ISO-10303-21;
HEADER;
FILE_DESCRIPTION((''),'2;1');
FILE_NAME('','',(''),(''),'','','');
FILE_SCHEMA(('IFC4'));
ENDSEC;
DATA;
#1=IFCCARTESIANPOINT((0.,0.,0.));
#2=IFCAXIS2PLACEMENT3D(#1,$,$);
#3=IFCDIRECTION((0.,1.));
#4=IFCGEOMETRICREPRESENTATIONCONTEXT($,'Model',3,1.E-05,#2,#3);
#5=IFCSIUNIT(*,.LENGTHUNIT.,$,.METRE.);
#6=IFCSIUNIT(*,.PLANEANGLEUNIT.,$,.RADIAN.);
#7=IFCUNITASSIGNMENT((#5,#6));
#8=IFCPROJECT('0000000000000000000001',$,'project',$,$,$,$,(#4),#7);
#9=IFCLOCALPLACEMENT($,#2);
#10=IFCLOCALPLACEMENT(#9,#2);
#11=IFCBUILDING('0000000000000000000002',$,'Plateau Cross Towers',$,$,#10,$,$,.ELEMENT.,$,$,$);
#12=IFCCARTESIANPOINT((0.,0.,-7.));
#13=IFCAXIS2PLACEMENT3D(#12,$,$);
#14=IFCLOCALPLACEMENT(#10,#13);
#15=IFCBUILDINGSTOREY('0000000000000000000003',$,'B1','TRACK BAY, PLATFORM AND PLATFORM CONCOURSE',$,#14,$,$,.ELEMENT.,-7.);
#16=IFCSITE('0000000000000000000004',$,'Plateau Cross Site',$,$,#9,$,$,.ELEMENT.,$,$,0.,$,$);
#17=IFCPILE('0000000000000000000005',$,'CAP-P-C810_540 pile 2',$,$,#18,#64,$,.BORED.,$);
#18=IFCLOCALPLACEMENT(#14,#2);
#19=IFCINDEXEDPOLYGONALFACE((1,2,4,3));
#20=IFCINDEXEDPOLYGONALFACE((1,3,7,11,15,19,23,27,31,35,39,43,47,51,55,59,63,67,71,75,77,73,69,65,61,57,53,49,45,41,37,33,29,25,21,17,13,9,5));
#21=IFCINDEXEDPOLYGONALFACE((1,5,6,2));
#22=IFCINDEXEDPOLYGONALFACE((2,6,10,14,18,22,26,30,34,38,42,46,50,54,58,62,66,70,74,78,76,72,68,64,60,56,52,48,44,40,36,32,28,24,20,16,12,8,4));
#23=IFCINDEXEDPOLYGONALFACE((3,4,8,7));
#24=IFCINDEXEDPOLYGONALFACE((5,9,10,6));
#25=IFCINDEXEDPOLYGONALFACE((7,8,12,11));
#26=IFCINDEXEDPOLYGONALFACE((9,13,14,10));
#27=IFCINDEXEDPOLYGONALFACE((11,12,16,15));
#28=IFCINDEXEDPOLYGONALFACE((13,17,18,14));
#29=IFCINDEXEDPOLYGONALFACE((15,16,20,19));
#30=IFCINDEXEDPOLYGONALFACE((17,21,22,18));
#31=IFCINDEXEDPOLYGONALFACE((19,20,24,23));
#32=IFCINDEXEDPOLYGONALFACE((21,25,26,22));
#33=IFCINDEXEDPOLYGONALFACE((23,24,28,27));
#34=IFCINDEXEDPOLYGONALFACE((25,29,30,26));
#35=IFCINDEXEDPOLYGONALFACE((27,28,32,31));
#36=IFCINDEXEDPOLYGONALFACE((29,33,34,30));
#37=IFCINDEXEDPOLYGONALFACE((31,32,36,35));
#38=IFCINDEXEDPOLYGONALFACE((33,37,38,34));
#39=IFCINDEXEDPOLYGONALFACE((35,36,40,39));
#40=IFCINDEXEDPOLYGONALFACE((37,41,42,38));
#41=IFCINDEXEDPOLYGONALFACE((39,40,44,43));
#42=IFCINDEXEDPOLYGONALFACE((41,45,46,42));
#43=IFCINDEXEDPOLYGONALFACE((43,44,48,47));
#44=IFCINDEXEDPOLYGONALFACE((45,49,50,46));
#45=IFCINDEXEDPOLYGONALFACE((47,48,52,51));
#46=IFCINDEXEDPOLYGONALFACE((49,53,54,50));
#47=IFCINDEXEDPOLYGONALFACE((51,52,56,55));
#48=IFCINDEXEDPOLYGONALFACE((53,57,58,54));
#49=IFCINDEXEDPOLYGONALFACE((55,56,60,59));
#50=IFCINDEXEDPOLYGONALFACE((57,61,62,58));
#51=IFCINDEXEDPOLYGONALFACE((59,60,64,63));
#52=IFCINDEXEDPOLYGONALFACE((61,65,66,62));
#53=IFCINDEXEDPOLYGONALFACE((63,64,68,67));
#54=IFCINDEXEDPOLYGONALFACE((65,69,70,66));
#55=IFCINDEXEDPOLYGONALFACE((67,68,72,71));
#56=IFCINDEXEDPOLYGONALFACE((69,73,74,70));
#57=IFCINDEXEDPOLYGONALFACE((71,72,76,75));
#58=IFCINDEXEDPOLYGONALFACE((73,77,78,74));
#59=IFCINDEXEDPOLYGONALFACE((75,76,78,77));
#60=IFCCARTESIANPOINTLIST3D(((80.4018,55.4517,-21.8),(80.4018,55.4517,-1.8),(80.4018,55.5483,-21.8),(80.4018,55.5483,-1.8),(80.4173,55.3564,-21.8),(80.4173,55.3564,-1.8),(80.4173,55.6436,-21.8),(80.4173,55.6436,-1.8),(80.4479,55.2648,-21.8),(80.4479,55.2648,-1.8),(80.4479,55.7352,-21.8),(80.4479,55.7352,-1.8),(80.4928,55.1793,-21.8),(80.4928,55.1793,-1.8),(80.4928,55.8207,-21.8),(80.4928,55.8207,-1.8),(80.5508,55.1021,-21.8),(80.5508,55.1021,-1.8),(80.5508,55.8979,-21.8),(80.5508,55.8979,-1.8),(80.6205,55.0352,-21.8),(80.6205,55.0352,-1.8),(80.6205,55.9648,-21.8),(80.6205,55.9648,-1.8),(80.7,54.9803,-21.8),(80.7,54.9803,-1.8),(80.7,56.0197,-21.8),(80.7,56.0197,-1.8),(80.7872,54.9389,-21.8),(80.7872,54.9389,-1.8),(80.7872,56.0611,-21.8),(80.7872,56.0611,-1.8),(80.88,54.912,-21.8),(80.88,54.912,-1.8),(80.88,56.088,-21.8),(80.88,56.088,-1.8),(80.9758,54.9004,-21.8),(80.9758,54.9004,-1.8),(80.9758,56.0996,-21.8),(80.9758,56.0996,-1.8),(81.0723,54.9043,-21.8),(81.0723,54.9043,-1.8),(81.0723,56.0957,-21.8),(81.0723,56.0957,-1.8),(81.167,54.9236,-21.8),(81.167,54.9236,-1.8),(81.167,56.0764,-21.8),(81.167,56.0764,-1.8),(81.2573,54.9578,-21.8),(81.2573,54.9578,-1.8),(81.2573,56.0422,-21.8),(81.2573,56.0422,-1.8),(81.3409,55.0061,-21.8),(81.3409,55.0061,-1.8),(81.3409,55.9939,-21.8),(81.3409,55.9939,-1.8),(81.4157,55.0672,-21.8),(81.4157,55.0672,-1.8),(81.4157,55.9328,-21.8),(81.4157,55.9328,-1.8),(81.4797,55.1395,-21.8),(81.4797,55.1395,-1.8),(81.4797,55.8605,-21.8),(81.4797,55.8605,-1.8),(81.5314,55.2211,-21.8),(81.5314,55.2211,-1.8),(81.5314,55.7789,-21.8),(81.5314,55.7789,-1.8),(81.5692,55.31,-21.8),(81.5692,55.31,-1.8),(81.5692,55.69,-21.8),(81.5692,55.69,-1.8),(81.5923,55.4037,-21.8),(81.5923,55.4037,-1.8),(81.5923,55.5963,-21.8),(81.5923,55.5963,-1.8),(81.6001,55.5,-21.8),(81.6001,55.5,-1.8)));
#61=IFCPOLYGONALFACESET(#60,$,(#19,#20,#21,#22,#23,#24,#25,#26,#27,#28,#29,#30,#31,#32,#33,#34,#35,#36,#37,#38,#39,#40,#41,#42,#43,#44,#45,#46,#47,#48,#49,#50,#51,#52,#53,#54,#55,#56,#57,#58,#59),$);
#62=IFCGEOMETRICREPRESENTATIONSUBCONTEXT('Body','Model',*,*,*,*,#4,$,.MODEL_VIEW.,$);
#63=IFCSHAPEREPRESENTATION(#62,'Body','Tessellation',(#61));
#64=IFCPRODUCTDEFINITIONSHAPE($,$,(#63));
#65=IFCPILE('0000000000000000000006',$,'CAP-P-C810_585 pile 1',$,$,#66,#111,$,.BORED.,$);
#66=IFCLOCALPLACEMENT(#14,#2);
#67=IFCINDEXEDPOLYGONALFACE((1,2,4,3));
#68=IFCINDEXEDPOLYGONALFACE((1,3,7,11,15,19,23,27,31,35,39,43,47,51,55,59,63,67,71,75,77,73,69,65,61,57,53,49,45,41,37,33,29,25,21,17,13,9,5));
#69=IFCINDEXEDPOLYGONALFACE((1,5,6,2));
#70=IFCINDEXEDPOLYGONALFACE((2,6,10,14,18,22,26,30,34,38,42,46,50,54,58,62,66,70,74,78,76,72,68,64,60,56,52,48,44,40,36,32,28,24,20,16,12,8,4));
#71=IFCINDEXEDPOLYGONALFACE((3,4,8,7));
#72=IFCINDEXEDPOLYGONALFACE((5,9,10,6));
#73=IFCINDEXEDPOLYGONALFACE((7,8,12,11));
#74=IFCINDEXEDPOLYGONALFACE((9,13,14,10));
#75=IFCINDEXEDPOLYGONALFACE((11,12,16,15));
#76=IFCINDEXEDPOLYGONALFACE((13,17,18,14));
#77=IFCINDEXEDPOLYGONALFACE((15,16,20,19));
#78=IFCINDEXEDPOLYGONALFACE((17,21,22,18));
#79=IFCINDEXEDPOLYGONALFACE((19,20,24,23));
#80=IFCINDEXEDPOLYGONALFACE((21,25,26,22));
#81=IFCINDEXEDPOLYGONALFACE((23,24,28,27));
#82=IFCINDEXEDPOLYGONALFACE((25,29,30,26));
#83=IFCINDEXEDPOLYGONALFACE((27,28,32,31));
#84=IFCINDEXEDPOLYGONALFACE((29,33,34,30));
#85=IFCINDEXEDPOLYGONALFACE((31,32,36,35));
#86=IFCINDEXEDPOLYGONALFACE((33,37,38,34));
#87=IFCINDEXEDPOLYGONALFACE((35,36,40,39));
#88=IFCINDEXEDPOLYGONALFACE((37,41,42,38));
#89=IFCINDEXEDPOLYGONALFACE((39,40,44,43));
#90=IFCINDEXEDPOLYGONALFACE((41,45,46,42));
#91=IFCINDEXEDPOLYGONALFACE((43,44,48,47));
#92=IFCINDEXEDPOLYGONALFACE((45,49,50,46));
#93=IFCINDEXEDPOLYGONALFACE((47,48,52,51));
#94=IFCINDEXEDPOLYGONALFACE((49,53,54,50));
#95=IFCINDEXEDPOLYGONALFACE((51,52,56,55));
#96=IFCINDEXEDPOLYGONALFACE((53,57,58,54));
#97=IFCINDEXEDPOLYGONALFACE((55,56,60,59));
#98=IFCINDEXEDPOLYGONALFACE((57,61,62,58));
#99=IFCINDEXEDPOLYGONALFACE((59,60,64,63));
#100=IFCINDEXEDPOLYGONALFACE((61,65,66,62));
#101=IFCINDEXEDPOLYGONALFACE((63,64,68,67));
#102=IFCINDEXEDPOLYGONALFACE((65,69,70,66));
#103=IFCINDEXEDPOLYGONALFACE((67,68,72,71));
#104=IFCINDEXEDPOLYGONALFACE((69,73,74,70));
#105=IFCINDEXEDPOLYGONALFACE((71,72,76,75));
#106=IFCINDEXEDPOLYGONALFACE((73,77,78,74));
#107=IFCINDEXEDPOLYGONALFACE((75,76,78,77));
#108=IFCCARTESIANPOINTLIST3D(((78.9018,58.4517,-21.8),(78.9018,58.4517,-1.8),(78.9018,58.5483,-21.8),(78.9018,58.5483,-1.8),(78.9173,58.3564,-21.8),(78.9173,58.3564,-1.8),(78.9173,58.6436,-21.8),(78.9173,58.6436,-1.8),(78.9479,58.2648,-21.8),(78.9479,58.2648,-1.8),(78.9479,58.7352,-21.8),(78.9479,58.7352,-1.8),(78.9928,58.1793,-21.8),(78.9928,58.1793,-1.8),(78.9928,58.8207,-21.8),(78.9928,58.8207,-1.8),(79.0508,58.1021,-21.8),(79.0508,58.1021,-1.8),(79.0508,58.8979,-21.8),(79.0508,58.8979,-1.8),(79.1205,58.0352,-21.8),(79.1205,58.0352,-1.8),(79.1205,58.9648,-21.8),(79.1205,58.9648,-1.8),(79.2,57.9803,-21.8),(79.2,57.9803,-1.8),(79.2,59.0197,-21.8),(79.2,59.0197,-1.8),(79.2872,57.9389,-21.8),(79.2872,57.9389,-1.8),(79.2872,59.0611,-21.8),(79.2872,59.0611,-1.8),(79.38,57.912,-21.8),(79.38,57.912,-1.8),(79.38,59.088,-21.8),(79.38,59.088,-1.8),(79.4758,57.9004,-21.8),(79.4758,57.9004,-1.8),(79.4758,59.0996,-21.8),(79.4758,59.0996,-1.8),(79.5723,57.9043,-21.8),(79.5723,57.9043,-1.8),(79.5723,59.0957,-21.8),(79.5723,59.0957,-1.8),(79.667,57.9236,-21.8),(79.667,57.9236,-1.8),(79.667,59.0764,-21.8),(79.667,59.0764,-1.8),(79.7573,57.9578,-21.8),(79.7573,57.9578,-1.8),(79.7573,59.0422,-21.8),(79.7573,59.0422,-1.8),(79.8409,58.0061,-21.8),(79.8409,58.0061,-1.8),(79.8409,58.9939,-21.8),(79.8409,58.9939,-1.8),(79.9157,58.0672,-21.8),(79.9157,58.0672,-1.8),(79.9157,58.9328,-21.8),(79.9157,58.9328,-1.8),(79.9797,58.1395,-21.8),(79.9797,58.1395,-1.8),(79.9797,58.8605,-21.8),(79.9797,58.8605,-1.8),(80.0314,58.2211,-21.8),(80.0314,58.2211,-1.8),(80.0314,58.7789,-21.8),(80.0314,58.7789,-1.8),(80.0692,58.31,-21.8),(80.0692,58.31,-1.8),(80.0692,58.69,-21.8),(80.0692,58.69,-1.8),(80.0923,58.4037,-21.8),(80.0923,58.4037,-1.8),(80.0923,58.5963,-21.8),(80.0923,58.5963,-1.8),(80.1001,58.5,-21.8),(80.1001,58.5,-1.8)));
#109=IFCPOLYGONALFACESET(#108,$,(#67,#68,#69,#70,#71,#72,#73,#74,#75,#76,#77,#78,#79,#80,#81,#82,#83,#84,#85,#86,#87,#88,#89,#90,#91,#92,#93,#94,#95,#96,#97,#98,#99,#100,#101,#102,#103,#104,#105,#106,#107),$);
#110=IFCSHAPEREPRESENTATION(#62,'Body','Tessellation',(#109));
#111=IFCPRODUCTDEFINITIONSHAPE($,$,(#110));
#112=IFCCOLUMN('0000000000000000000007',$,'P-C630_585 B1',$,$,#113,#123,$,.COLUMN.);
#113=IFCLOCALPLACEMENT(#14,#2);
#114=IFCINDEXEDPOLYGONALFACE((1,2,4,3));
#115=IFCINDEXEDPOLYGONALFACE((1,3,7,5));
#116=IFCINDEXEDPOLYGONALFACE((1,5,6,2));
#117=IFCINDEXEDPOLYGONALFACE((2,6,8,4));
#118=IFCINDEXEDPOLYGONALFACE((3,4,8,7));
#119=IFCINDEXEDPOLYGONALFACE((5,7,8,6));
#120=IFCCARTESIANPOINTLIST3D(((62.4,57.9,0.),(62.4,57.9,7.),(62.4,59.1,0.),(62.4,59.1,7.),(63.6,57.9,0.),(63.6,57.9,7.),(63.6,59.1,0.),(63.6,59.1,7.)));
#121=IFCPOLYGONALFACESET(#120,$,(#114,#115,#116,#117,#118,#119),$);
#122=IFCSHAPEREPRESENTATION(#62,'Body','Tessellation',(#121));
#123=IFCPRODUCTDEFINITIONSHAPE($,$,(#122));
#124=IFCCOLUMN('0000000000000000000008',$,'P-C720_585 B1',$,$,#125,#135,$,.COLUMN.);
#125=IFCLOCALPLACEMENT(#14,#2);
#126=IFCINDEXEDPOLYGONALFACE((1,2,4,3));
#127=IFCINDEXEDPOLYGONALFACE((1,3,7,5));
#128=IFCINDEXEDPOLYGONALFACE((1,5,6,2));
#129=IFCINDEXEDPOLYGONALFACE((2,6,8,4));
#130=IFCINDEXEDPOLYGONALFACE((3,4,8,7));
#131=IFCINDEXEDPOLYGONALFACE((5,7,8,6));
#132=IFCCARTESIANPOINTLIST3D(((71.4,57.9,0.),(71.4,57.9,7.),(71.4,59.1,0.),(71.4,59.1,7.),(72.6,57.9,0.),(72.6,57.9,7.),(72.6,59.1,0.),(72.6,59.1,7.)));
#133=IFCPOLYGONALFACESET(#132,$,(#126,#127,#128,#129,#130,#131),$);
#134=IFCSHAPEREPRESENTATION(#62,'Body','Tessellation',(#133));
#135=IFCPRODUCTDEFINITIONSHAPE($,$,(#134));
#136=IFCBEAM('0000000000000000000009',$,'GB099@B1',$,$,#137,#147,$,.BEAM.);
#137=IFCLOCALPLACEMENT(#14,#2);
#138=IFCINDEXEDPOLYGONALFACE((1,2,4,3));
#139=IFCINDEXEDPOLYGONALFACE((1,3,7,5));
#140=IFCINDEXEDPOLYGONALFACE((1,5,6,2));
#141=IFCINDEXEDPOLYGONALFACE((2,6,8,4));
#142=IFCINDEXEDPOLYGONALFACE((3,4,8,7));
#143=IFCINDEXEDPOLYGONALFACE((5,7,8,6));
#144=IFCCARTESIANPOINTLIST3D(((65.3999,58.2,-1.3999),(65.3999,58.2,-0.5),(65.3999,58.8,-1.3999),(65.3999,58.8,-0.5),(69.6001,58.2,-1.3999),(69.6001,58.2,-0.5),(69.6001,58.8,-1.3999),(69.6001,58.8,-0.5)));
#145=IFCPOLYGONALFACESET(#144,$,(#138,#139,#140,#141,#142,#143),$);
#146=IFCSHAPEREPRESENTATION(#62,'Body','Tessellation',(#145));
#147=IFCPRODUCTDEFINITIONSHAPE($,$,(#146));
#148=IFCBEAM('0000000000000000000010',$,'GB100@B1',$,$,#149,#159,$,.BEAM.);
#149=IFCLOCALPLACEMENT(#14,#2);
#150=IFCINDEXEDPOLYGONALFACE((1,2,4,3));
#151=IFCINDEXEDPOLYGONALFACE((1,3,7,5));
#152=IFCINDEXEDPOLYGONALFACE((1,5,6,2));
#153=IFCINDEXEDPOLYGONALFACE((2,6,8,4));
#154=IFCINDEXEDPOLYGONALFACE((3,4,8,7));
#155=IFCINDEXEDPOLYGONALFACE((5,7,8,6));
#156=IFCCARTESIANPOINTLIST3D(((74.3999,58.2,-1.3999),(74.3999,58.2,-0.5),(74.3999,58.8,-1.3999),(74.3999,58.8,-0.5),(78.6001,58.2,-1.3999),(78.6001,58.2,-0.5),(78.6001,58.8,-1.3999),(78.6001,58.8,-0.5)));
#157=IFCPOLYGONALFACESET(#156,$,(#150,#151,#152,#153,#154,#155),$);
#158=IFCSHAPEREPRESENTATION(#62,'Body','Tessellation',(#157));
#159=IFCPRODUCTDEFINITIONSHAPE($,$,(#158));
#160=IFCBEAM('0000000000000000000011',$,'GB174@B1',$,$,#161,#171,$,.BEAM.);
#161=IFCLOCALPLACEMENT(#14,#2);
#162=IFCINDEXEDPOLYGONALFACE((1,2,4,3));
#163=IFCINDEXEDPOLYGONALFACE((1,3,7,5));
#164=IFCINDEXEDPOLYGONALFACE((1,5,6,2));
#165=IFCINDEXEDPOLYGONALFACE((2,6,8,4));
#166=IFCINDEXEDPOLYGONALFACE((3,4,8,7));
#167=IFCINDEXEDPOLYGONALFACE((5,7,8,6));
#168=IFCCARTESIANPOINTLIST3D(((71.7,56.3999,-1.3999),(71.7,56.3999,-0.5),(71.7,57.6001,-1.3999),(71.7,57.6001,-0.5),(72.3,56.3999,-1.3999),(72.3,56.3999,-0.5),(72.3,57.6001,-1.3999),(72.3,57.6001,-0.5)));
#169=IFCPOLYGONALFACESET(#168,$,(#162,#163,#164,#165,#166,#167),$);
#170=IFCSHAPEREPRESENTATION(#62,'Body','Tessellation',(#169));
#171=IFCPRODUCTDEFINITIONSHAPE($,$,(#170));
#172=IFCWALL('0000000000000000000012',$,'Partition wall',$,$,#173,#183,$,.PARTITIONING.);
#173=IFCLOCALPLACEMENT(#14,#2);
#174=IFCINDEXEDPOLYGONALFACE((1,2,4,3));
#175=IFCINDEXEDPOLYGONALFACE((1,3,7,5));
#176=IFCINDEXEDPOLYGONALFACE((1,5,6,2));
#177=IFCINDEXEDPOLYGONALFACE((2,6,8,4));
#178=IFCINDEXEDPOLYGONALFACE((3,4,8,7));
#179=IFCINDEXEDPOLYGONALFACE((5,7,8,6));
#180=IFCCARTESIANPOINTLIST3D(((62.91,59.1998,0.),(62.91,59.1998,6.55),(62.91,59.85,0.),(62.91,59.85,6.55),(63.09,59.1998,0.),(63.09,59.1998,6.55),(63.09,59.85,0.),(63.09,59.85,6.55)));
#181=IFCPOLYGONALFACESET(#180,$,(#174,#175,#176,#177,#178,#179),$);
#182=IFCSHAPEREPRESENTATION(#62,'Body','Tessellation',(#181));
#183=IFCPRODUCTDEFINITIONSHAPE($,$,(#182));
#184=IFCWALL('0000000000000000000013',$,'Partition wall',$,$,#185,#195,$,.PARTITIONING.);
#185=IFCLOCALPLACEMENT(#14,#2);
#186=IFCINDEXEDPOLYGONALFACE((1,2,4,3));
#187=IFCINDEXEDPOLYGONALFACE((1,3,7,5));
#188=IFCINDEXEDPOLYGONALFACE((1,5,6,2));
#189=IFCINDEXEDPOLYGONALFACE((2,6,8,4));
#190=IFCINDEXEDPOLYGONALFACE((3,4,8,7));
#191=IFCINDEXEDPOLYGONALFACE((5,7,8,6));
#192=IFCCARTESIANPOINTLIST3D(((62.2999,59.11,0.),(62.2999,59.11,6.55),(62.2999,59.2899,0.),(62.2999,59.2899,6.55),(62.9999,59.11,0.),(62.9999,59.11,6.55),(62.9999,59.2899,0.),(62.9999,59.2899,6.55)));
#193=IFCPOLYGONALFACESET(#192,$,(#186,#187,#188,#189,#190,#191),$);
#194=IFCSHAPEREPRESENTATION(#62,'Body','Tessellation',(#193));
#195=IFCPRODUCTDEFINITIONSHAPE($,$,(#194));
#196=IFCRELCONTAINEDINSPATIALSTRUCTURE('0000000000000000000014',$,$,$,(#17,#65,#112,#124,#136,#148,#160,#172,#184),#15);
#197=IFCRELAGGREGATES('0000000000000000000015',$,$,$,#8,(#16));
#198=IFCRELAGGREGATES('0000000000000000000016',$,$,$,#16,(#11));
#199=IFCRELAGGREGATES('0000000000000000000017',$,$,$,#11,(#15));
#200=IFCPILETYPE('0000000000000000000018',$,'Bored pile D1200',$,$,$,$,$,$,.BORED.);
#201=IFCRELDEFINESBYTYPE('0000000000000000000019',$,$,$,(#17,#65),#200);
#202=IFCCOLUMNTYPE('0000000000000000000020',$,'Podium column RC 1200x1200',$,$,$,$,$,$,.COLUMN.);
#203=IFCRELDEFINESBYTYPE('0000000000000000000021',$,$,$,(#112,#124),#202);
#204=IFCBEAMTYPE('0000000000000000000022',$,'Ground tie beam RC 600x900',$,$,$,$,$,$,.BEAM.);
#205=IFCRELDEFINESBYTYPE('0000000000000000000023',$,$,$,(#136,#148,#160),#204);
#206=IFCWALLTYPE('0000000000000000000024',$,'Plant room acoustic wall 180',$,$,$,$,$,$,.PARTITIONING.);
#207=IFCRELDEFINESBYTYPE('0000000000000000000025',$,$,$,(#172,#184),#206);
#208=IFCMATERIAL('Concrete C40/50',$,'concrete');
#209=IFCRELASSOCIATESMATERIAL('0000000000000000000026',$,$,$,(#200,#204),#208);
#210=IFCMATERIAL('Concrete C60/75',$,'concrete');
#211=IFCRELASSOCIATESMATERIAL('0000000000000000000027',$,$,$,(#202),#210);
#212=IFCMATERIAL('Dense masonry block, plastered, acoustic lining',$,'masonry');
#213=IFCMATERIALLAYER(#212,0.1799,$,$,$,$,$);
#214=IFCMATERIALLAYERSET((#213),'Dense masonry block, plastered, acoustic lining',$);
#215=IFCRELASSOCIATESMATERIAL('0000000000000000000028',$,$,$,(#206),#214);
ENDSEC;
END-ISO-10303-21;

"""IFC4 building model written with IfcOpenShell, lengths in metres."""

from ifc_helpers import new_model, si_unit, direction, frame, frame_2d, origin, origin_2d, place, context, subcontext, project, spatial, rectangle, circle, extrude, material, layer, layer_set, material_profile, profile_set, type_object, element, save


model = new_model("IFC4")

# Units and contexts
model_context = context("Model", 3, precision=1e-05, world=origin(), true_north=direction((0.0, 1.0)))
body_context = subcontext(model_context, "Body", "Model", "MODEL_VIEW")
ifc_project = project(units=[si_unit("LENGTHUNIT", "METRE"), si_unit("PLANEANGLEUNIT", "RADIAN")], contexts=[model_context])

# Site, building, storey
site_placement = place(None, origin())
site = spatial("IfcSite", under=ifc_project, at=site_placement, Name="Plateau Cross Site", CompositionType="ELEMENT", RefElevation=0.0)
building_placement = place(site_placement, origin())
building = spatial("IfcBuilding", under=site, at=building_placement, Name="Plateau Cross Towers", CompositionType="ELEMENT")
storey_placement = place(building_placement, frame((0.0, 0.0, -7.0)))
storey = spatial("IfcBuildingStorey", under=building, at=storey_placement, Name="B1", Description="TRACK BAY, PLATFORM AND PLATFORM CONCOURSE", CompositionType="ELEMENT", Elevation=-7.0)

# Piles
ifc_material_1 = material(Name="Concrete C40/50", Category="concrete")
ifc_material_profile_1 = material_profile(ifc_material_1, circle(Radius=0.6001, at=origin_2d()), Name="Bored pile D1200")
ifc_profile_set_1 = profile_set([ifc_material_profile_1], Name="Concrete C40/50")
pile_type = type_object("IfcPileType", Name="Bored pile D1200", PredefinedType="BORED", material=ifc_profile_set_1)
for number, where, z_axis, x_axis, name in (
    (1, (81.0, 55.5, -1.8), (0.0, 0.0, -1.0), (1.0, 0.0, 0.0), "CAP-P-C810_540 pile 2"),
    (2, (79.5, 58.5, -1.8), (0.0, 0.0, -1.0), (1.0, 0.0, 0.0), "CAP-P-C810_585 pile 1"),
):
    element("IfcPile", number, at=place(storey_placement, frame(where, z_axis=z_axis, x_axis=x_axis)), inside=storey, type_object=pile_type, Name=name, PredefinedType="BORED", context=body_context, shape_type="SweptSolid", body=[
        extrude(circle(Radius=0.6001, at=origin_2d()), origin(), (0.0, 0.0, 1.0), 20.0),
    ])

# Columns
ifc_material_2 = material(Name="Concrete C60/75", Category="concrete")
ifc_material_profile_2 = material_profile(ifc_material_2, rectangle(XDim=1.2, YDim=1.2, at=origin_2d()), Name="RC 1200x1200")
ifc_profile_set_2 = profile_set([ifc_material_profile_2], Name="Concrete C60/75")
column_type = type_object("IfcColumnType", Name="Podium column RC 1200x1200", PredefinedType="COLUMN", material=ifc_profile_set_2)
for number, where, z_axis, x_axis, name in (
    (3, (63.0, 58.5, 0.0), (0.0, 0.0, 1.0), (1.0, 0.0, 0.0), "P-C630_585 B1"),
    (4, (72.0, 58.5, 0.0), (0.0, 0.0, 1.0), (1.0, 0.0, 0.0), "P-C720_585 B1"),
):
    element("IfcColumn", number, at=place(storey_placement, frame(where, z_axis=z_axis, x_axis=x_axis)), inside=storey, type_object=column_type, Name=name, PredefinedType="COLUMN", context=body_context, shape_type="SweptSolid", body=[
        extrude(rectangle(XDim=1.2, YDim=1.2, at=origin_2d()), origin(), (0.0, 0.0, 1.0), 7.0),
    ])

# Beams
ifc_material_profile_3 = material_profile(ifc_material_1, rectangle(XDim=0.6001, YDim=0.8999, at=origin_2d()), Name="RC 600x900")
ifc_profile_set_3 = profile_set([ifc_material_profile_3], Name="Concrete C40/50")
beam_type = type_object("IfcBeamType", Name="Ground tie beam RC 600x900", PredefinedType="BEAM", material=ifc_profile_set_3)
for number, where, z_axis, x_axis, name in (
    (5, (65.3999, 58.5, -0.95), (1.0, 0.0, 0.0), (0.0, 1.0, 0.0), "GB099@B1"),
    (6, (74.3999, 58.5, -0.95), (1.0, 0.0, 0.0), (0.0, 1.0, 0.0), "GB100@B1"),
):
    element("IfcBeam", number, at=place(storey_placement, frame(where, z_axis=z_axis, x_axis=x_axis)), inside=storey, type_object=beam_type, Name=name, PredefinedType="BEAM", context=body_context, shape_type="SweptSolid", body=[
        extrude(rectangle(XDim=0.6001, YDim=0.8999, at=origin_2d()), origin(), (0.0, 0.0, 1.0), 4.2002),
    ])
beam_placement = place(storey_placement, frame((72.0, 56.3999, -0.95), z_axis=(0.0, 1.0, 0.0), x_axis=(-1.0, 0.0, 0.0)))
element("IfcBeam", 7, at=beam_placement, inside=storey, type_object=beam_type, Name="GB174@B1", PredefinedType="BEAM", context=body_context, shape_type="SweptSolid", body=[
    extrude(rectangle(XDim=0.6001, YDim=0.8999, at=origin_2d()), origin(), (0.0, 0.0, 1.0), 1.2002),
])

# Walls
ifc_material_3 = material(Name="Dense masonry block, plastered, acoustic lining", Category="masonry")
ifc_layer_1 = layer(ifc_material_3, 0.1799)
ifc_layer_set_1 = layer_set([ifc_layer_1], Name="Dense masonry block, plastered, acoustic lining")
wall_type_1 = type_object("IfcWallType", Name="Plant room acoustic wall 180", PredefinedType="PARTITIONING", material=ifc_layer_set_1)
wall_1_placement = place(storey_placement, frame((63.0, 59.8501, 0.0), z_axis=(0.0, 0.0, 1.0), x_axis=(0.0, -1.0, 0.0)))
element("IfcWall", 8, at=wall_1_placement, inside=storey, type_object=wall_type_1, Name="Partition wall", PredefinedType="PARTITIONING", context=body_context, shape_type="SweptSolid", body=[
    extrude(rectangle(XDim=0.6501, YDim=0.1799, at=frame_2d((0.3252, 0.0))), origin(), (0.0, 0.0, 1.0), 6.55),
])
wall_2_placement = place(storey_placement, frame((63.0, 59.2, 0.0), z_axis=(0.0, 0.0, 1.0), x_axis=(-1.0, 0.0, 0.0)))
element("IfcWall", 9, at=wall_2_placement, inside=storey, type_object=wall_type_1, Name="Partition wall", PredefinedType="PARTITIONING", context=body_context, shape_type="SweptSolid", body=[
    extrude(rectangle(XDim=0.7, YDim=0.1799, at=frame_2d((0.3501, 0.0))), origin(), (0.0, 0.0, 1.0), 6.55),
])

save(model, "model.ifc")
